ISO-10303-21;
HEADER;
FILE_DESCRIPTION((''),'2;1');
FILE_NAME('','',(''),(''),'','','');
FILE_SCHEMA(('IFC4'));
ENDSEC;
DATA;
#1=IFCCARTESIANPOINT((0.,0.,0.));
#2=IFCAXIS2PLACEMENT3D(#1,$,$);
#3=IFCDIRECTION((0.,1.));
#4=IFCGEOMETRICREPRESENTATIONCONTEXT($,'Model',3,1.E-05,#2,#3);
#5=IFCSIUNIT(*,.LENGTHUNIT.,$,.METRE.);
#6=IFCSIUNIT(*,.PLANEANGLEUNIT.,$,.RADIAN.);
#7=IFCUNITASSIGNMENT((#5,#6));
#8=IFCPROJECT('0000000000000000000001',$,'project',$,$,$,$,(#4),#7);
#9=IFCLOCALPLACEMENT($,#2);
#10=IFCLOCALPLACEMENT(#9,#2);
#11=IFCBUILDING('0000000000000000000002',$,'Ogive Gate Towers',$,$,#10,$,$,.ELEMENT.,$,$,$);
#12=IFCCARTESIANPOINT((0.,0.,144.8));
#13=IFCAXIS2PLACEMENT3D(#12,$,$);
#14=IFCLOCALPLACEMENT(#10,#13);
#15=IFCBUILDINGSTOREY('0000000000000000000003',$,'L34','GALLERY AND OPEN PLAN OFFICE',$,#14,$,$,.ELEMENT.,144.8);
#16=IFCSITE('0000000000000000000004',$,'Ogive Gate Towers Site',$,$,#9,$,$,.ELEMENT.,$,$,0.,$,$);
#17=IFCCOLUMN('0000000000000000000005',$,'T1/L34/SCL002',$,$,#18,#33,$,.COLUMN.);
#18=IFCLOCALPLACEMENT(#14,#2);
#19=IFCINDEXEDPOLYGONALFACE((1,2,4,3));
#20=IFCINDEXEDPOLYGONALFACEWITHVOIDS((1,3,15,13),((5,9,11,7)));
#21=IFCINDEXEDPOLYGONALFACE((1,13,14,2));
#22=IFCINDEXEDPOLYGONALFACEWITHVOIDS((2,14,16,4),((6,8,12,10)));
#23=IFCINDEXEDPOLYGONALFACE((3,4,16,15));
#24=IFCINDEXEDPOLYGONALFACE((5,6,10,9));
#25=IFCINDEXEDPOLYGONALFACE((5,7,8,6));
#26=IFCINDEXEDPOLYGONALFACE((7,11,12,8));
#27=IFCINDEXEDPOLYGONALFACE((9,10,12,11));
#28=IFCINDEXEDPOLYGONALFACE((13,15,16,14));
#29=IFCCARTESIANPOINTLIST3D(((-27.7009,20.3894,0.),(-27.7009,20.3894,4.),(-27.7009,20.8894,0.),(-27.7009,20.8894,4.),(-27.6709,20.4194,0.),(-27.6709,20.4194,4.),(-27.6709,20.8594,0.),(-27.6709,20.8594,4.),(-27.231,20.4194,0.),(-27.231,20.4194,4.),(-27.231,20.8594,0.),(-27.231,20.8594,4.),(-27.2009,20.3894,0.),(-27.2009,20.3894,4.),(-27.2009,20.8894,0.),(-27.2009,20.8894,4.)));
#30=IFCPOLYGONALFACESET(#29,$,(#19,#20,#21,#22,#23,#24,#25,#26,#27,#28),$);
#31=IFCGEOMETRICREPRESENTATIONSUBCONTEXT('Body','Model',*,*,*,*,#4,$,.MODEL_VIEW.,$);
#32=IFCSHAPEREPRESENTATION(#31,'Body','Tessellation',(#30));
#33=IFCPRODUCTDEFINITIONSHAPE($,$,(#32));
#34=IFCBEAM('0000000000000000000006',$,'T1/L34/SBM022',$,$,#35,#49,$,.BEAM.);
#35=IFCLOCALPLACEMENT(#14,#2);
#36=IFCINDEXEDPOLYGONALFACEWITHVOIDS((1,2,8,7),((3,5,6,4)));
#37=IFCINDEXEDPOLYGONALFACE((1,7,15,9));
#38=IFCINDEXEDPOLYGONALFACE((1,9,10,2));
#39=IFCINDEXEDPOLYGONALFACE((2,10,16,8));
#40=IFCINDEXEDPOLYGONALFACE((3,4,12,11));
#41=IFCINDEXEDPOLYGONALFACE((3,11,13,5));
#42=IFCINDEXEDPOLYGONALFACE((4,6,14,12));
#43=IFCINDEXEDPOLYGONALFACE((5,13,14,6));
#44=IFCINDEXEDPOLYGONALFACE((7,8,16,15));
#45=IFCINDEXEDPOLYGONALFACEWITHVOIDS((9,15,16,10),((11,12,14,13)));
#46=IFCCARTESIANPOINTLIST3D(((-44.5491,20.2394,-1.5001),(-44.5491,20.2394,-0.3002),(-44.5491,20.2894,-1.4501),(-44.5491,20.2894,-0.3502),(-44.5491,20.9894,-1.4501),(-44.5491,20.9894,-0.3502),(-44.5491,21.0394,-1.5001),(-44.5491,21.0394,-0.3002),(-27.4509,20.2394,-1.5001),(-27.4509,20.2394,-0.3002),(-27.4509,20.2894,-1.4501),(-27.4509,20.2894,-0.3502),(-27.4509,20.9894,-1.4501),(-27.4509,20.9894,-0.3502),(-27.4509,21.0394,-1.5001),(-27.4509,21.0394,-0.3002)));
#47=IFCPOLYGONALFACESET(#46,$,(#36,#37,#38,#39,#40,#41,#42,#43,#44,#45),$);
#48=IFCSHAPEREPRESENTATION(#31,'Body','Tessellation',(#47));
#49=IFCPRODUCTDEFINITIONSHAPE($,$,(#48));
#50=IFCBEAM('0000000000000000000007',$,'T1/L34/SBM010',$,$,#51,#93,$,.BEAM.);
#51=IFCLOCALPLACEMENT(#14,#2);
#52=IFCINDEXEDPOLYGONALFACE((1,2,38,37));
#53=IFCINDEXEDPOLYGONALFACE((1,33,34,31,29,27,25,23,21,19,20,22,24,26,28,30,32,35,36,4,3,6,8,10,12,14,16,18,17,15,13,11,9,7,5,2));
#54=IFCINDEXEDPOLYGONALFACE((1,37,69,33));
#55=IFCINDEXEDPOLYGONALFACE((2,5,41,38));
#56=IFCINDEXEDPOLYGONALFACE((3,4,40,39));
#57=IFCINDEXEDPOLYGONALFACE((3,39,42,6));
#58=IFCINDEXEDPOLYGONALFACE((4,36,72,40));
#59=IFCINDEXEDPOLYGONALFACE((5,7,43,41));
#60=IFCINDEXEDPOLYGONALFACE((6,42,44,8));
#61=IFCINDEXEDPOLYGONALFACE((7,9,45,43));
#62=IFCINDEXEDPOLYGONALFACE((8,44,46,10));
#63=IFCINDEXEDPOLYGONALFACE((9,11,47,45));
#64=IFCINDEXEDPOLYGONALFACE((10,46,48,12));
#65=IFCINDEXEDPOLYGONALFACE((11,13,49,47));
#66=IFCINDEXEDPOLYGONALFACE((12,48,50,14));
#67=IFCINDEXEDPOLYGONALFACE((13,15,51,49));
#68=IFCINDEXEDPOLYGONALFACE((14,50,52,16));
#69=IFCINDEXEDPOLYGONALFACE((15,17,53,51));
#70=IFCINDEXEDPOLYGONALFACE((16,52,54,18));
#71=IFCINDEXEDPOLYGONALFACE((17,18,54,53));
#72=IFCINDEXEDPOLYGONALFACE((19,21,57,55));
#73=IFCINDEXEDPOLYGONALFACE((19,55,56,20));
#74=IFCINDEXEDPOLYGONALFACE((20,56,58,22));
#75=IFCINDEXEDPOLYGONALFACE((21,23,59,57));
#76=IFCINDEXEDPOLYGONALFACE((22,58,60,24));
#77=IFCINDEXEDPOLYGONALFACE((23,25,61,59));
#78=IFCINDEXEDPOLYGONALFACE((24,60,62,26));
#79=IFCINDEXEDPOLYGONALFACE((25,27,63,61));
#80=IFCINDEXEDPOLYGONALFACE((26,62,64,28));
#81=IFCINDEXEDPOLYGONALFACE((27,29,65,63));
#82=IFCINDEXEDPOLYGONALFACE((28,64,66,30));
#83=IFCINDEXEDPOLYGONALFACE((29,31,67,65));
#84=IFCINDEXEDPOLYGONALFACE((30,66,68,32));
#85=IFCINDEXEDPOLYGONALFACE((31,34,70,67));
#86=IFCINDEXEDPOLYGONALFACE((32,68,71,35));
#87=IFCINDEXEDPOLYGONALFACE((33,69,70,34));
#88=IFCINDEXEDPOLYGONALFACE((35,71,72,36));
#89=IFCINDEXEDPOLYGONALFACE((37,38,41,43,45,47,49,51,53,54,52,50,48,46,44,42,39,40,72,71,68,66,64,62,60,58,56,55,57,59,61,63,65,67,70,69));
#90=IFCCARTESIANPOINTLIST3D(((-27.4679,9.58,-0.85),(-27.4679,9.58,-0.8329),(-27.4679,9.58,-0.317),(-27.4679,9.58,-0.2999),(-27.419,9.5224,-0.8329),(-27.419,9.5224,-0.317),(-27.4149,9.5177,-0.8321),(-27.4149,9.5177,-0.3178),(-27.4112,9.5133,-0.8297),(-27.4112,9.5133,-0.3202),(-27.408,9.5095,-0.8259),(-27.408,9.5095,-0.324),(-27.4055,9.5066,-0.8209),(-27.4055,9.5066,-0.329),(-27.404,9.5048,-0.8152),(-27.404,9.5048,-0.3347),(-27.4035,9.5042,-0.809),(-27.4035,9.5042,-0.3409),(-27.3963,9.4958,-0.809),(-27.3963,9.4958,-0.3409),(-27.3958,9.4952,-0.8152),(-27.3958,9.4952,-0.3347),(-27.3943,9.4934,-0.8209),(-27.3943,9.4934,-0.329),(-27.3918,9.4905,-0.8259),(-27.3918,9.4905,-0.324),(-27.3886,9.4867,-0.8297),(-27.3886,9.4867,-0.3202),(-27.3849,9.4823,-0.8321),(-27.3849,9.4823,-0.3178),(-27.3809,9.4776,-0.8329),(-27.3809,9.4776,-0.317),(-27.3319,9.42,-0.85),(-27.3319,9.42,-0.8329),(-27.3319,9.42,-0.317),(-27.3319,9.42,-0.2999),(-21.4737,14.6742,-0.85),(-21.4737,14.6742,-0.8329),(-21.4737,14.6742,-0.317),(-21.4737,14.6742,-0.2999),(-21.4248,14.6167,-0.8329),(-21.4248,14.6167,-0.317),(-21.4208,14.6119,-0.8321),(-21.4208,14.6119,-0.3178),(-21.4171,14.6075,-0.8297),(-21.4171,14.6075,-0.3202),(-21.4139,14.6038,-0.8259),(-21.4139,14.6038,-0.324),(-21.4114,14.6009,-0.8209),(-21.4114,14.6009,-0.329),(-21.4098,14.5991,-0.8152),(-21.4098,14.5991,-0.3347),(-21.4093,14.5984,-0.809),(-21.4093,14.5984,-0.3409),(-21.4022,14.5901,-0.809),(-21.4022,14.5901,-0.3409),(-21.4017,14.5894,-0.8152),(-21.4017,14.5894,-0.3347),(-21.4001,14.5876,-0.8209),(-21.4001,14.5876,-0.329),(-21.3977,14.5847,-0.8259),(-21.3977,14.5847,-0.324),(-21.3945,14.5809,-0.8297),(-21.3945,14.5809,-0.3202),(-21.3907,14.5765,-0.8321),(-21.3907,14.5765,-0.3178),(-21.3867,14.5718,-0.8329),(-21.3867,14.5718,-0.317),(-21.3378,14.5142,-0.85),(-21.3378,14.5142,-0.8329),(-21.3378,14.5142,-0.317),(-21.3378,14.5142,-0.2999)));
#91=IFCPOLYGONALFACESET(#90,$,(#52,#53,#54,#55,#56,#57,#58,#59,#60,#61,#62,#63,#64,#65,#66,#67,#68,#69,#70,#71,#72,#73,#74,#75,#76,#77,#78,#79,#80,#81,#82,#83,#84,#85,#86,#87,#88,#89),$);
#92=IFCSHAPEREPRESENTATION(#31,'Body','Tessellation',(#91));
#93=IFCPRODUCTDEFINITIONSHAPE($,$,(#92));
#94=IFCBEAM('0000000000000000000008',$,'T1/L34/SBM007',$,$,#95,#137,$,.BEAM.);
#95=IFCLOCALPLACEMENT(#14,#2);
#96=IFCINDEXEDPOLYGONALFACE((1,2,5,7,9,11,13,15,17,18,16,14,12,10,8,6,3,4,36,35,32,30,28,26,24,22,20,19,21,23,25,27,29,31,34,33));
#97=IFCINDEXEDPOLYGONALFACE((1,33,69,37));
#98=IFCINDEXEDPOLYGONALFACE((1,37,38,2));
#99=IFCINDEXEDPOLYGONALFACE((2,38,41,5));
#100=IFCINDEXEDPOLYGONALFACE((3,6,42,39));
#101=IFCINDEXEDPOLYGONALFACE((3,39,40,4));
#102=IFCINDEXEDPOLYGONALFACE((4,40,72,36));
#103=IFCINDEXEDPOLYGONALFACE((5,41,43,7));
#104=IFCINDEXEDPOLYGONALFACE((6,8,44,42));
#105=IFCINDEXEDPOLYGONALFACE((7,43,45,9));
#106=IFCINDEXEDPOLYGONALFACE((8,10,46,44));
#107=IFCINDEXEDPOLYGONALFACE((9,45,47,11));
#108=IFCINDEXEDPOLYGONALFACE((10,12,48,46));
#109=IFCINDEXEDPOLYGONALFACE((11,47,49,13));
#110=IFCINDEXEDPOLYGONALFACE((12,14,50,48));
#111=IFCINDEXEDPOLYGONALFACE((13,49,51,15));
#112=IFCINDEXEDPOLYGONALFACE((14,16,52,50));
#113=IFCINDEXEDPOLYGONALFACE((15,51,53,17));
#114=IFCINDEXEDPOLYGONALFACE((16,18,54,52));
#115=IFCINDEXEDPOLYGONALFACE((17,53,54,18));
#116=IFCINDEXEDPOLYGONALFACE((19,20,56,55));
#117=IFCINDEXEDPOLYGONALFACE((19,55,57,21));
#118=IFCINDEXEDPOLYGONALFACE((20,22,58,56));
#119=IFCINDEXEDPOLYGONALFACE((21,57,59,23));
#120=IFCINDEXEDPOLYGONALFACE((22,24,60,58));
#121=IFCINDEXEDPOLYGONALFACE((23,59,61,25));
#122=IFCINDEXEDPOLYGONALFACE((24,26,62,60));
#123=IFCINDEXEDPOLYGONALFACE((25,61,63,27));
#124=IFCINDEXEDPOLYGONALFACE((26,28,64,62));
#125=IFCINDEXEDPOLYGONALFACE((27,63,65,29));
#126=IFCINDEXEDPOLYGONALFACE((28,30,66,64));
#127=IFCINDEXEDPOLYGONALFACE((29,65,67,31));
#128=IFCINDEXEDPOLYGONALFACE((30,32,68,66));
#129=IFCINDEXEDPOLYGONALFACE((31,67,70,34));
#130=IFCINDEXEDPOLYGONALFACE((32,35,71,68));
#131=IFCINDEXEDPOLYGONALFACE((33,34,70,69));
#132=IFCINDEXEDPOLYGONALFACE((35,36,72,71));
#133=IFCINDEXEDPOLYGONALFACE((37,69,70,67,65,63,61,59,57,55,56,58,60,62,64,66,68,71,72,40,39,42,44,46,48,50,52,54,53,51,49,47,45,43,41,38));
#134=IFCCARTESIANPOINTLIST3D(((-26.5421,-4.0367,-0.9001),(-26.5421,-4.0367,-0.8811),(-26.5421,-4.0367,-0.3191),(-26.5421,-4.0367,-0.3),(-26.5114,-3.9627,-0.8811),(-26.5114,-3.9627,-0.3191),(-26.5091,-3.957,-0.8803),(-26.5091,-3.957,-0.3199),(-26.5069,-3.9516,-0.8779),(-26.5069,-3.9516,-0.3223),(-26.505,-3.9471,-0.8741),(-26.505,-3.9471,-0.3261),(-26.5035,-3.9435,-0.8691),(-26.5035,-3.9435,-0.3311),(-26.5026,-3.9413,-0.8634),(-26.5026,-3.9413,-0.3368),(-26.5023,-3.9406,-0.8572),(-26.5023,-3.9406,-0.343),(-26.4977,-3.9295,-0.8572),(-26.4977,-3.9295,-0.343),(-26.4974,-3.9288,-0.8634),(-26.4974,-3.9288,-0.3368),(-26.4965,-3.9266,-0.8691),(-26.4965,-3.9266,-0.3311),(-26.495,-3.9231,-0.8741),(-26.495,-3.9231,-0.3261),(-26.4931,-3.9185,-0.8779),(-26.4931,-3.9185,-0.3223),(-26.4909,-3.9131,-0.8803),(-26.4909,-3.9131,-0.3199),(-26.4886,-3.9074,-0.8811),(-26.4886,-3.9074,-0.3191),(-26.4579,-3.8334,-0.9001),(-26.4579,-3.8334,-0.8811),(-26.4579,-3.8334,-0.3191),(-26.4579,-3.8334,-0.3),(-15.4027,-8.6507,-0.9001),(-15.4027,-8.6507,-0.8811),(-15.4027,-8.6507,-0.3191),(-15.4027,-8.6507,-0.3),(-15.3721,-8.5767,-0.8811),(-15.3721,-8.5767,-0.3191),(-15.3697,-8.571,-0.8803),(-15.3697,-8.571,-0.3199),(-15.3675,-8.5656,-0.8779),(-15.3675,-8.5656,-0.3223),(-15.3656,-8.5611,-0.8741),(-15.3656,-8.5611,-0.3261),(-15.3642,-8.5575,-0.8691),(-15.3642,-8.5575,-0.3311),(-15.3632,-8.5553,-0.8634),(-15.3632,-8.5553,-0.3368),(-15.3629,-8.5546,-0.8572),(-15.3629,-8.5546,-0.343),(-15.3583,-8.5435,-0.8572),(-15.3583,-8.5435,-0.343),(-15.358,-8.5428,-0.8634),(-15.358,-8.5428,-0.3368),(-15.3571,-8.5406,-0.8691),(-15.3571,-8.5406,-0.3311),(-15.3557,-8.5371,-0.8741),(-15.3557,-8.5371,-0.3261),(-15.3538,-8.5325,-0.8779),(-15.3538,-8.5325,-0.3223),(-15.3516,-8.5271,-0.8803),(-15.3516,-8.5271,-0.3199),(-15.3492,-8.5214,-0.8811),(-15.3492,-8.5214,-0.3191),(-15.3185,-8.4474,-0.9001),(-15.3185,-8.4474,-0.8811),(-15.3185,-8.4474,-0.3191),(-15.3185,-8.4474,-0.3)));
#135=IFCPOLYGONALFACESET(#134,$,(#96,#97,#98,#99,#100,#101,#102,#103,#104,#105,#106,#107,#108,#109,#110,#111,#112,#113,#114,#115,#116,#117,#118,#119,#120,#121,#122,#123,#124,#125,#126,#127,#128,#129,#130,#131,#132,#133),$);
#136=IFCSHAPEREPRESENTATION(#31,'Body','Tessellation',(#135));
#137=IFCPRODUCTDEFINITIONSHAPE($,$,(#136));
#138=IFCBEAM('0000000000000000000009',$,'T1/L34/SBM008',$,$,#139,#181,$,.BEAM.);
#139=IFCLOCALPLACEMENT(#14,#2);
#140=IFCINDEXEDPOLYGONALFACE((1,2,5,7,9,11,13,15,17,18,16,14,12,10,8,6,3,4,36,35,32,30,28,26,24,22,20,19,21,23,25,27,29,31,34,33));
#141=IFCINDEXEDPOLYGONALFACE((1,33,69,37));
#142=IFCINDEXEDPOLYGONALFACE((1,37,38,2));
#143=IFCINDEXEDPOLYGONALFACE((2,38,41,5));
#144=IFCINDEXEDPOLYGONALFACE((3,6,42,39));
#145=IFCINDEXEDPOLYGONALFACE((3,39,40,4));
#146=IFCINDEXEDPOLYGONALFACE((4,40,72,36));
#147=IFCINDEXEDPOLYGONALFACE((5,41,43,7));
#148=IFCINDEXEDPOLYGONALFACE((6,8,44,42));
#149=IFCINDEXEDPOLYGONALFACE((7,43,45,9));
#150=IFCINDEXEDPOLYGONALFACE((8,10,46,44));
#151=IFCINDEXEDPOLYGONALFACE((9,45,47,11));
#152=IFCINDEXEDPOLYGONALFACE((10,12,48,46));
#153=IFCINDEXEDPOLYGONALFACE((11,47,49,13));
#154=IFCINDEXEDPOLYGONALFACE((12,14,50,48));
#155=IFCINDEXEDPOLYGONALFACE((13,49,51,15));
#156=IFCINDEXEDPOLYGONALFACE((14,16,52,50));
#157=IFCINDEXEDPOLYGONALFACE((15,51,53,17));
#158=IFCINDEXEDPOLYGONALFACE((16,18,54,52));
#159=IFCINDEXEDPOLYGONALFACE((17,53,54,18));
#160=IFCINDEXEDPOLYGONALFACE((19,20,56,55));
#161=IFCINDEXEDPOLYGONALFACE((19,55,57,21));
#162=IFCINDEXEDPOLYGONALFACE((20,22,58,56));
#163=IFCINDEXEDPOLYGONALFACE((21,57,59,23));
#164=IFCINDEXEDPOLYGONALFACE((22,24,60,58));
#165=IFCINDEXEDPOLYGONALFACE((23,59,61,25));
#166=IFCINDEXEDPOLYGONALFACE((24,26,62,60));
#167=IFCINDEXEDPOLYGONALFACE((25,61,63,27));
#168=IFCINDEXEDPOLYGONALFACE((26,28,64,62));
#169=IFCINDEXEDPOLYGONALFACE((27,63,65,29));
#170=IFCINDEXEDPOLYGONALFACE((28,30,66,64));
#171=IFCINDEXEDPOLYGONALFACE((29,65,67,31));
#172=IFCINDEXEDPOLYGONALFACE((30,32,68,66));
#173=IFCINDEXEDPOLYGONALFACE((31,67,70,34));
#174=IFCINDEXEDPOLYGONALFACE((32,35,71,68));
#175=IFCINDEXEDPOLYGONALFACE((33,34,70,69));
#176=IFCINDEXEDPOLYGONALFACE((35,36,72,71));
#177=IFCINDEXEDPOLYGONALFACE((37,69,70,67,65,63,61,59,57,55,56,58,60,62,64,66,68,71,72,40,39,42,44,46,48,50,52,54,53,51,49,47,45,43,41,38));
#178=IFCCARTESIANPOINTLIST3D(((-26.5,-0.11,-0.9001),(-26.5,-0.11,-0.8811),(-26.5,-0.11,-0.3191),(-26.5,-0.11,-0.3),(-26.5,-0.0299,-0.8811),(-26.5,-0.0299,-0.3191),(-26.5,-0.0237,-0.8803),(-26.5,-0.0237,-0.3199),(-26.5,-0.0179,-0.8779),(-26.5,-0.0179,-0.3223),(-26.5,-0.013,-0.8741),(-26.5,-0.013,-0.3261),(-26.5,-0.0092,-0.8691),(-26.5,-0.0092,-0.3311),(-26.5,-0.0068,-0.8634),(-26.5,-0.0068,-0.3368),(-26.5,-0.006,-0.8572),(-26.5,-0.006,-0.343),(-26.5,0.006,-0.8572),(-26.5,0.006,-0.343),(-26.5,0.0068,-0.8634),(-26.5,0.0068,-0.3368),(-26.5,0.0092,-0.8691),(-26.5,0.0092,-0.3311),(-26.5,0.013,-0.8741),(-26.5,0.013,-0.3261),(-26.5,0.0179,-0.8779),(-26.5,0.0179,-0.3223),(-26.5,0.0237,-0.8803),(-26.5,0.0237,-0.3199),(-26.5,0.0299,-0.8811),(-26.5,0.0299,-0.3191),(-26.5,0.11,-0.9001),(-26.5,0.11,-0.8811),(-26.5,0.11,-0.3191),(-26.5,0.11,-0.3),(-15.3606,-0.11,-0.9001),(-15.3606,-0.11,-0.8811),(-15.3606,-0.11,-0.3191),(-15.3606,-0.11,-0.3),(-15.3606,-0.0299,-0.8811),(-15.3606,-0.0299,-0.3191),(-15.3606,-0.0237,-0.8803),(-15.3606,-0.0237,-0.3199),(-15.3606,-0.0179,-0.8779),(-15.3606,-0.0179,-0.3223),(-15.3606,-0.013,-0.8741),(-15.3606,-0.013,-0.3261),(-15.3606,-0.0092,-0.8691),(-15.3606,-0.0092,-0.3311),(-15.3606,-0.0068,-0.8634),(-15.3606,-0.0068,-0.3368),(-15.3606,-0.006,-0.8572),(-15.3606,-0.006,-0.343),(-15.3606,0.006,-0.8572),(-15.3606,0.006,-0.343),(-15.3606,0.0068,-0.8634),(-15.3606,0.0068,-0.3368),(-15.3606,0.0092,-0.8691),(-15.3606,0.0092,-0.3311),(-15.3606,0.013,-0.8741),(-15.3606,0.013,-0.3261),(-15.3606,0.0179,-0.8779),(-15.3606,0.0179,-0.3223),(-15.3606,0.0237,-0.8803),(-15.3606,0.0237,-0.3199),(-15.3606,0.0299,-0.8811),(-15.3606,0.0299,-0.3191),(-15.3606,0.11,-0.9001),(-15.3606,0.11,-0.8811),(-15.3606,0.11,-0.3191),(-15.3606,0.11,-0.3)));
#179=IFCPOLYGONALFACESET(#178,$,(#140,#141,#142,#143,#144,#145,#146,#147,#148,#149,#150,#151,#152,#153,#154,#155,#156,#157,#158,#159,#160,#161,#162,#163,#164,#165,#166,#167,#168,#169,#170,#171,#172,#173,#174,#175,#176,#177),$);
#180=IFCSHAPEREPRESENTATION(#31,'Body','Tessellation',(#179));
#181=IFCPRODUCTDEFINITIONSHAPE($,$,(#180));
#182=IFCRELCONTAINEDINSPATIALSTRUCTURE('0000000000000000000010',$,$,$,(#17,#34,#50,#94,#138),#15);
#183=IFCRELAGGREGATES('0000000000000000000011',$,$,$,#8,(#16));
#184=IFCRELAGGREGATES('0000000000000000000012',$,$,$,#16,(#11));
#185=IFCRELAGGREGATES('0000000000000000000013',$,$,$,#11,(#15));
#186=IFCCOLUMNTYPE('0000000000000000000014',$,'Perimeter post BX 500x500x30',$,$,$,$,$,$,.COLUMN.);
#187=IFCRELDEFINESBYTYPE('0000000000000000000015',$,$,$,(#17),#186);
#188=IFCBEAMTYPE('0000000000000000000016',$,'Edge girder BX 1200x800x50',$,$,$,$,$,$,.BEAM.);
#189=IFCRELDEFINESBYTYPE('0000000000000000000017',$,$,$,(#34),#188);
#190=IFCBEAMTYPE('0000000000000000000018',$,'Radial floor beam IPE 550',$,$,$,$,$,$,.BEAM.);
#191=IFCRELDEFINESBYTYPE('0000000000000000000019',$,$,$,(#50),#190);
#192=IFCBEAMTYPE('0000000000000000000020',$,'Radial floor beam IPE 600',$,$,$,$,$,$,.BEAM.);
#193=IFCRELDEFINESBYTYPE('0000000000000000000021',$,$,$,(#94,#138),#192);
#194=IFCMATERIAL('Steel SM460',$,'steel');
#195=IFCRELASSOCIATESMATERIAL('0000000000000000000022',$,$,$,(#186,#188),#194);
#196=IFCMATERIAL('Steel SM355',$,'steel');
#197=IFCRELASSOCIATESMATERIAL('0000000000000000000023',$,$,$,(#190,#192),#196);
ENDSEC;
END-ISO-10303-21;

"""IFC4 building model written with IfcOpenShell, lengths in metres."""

from ifc_helpers import new_model, si_unit, direction, frame, origin, origin_2d, place, context, subcontext, project, spatial, hollow_rectangle, i_section, extrude, material, material_profile, profile_set, type_object, element, save


model = new_model("IFC4")

# Units and contexts
model_context = context("Model", 3, precision=1e-05, world=origin(), true_north=direction((0.0, 1.0)))
body_context = subcontext(model_context, "Body", "Model", "MODEL_VIEW")
ifc_project = project(units=[si_unit("LENGTHUNIT", "METRE"), si_unit("PLANEANGLEUNIT", "RADIAN")], contexts=[model_context])

# Site, building, storey
site_placement = place(None, origin())
site = spatial("IfcSite", under=ifc_project, at=site_placement, Name="Ogive Gate Towers Site", CompositionType="ELEMENT", RefElevation=0.0)
building_placement = place(site_placement, origin())
building = spatial("IfcBuilding", under=site, at=building_placement, Name="Ogive Gate Towers", CompositionType="ELEMENT")
storey_placement = place(building_placement, frame((0.0, 0.0, 144.8)))
storey = spatial("IfcBuildingStorey", under=building, at=storey_placement, Name="L34", Description="GALLERY AND OPEN PLAN OFFICE", CompositionType="ELEMENT", Elevation=144.8)

# Column
ifc_material_1 = material(Name="Steel SM460", Category="steel")
ifc_material_profile_1 = material_profile(ifc_material_1, hollow_rectangle(XDim=0.5, YDim=0.5, WallThickness=0.03, at=origin_2d()), Name="BX 500x500x30")
ifc_profile_set_1 = profile_set([ifc_material_profile_1], Name="Steel SM460")
column_type = type_object("IfcColumnType", Name="Perimeter post BX 500x500x30", PredefinedType="COLUMN", material=ifc_profile_set_1)
column_placement = place(storey_placement, frame((-27.4509, 20.6394, 0.0), z_axis=(0.0, 0.0, 1.0), x_axis=(1.0, 0.0, 0.0)))
element("IfcColumn", 1, at=column_placement, inside=storey, type_object=column_type, Name="T1/L34/SCL002", PredefinedType="COLUMN", context=body_context, shape_type="SweptSolid", body=[
    extrude(hollow_rectangle(XDim=0.5, YDim=0.5, WallThickness=0.03, at=origin_2d()), origin(), (0.0, 0.0, 1.0), 4.0),
])

# Beams
ifc_material_profile_2 = material_profile(ifc_material_1, hollow_rectangle(XDim=0.8, YDim=1.2, WallThickness=0.05, at=origin_2d()), Name="BX 1200x800x50")
ifc_profile_set_2 = profile_set([ifc_material_profile_2], Name="Steel SM460")
beam_type_1 = type_object("IfcBeamType", Name="Edge girder BX 1200x800x50", PredefinedType="BEAM", material=ifc_profile_set_2)
beam_1_placement = place(storey_placement, frame((-27.4509, 20.6394, -0.9001), z_axis=(-1.0, 0.0, 0.0), x_axis=(0.0, -1.0, 0.0)))
element("IfcBeam", 2, at=beam_1_placement, inside=storey, type_object=beam_type_1, Name="T1/L34/SBM022", PredefinedType="BEAM", context=body_context, shape_type="SweptSolid", body=[
    extrude(hollow_rectangle(XDim=0.8, YDim=1.2, WallThickness=0.05, at=origin_2d()), origin(), (0.0, 0.0, 1.0), 17.0981),
])
ifc_material_2 = material(Name="Steel SM355", Category="steel")
ifc_material_profile_3 = material_profile(ifc_material_2, i_section(OverallWidth=0.21, OverallDepth=0.55, WebThickness=0.011, FlangeThickness=0.0171, FilletRadius=0.0239, at=origin_2d()), Name="IPE 550")
ifc_profile_set_3 = profile_set([ifc_material_profile_3], Name="Steel SM355")
beam_type_2 = type_object("IfcBeamType", Name="Radial floor beam IPE 550", PredefinedType="BEAM", material=ifc_profile_set_3)
beam_2_placement = place(storey_placement, frame((-27.3999, 9.5, -0.575), z_axis=(0.761988, 0.647591, 0.0), x_axis=(-0.647591, 0.761988, 0.0)))
element("IfcBeam", 3, at=beam_2_placement, inside=storey, type_object=beam_type_2, Name="T1/L34/SBM010", PredefinedType="BEAM", context=body_context, shape_type="SweptSolid", body=[
    extrude(i_section(OverallWidth=0.21, OverallDepth=0.55, WebThickness=0.011, FlangeThickness=0.0171, FilletRadius=0.0239, at=origin_2d()), origin(), (0.0, 0.0, 1.0), 7.8665),
])
ifc_material_profile_4 = material_profile(ifc_material_2, i_section(OverallWidth=0.22, OverallDepth=0.6001, WebThickness=0.012, FlangeThickness=0.019, FilletRadius=0.0239, at=origin_2d()), Name="IPE 600")
ifc_profile_set_4 = profile_set([ifc_material_profile_4], Name="Steel SM355")
beam_type_3 = type_object("IfcBeamType", Name="Radial floor beam IPE 600", PredefinedType="BEAM", material=ifc_profile_set_4)
beam_3_placement = place(storey_placement, frame((-26.5, -3.9351, -0.6001), z_axis=(0.923882, -0.382678, 0.0), x_axis=(0.382678, 0.923882, 0.0)))
element("IfcBeam", 4, at=beam_3_placement, inside=storey, type_object=beam_type_3, Name="T1/L34/SBM007", PredefinedType="BEAM", context=body_context, shape_type="SweptSolid", body=[
    extrude(i_section(OverallWidth=0.22, OverallDepth=0.6001, WebThickness=0.012, FlangeThickness=0.019, FilletRadius=0.0239, at=origin_2d()), origin(), (0.0, 0.0, 1.0), 12.0571),
])
beam_4_placement = place(storey_placement, frame((-26.5, 0.0, -0.6001), z_axis=(1.0, 0.0, 0.0), x_axis=(0.0, 1.0, 0.0)))
element("IfcBeam", 5, at=beam_4_placement, inside=storey, type_object=beam_type_3, Name="T1/L34/SBM008", PredefinedType="BEAM", context=body_context, shape_type="SweptSolid", body=[
    extrude(i_section(OverallWidth=0.22, OverallDepth=0.6001, WebThickness=0.012, FlangeThickness=0.019, FilletRadius=0.0239, at=origin_2d()), origin(), (0.0, 0.0, 1.0), 11.1394),
])

save(model, "model.ifc")
